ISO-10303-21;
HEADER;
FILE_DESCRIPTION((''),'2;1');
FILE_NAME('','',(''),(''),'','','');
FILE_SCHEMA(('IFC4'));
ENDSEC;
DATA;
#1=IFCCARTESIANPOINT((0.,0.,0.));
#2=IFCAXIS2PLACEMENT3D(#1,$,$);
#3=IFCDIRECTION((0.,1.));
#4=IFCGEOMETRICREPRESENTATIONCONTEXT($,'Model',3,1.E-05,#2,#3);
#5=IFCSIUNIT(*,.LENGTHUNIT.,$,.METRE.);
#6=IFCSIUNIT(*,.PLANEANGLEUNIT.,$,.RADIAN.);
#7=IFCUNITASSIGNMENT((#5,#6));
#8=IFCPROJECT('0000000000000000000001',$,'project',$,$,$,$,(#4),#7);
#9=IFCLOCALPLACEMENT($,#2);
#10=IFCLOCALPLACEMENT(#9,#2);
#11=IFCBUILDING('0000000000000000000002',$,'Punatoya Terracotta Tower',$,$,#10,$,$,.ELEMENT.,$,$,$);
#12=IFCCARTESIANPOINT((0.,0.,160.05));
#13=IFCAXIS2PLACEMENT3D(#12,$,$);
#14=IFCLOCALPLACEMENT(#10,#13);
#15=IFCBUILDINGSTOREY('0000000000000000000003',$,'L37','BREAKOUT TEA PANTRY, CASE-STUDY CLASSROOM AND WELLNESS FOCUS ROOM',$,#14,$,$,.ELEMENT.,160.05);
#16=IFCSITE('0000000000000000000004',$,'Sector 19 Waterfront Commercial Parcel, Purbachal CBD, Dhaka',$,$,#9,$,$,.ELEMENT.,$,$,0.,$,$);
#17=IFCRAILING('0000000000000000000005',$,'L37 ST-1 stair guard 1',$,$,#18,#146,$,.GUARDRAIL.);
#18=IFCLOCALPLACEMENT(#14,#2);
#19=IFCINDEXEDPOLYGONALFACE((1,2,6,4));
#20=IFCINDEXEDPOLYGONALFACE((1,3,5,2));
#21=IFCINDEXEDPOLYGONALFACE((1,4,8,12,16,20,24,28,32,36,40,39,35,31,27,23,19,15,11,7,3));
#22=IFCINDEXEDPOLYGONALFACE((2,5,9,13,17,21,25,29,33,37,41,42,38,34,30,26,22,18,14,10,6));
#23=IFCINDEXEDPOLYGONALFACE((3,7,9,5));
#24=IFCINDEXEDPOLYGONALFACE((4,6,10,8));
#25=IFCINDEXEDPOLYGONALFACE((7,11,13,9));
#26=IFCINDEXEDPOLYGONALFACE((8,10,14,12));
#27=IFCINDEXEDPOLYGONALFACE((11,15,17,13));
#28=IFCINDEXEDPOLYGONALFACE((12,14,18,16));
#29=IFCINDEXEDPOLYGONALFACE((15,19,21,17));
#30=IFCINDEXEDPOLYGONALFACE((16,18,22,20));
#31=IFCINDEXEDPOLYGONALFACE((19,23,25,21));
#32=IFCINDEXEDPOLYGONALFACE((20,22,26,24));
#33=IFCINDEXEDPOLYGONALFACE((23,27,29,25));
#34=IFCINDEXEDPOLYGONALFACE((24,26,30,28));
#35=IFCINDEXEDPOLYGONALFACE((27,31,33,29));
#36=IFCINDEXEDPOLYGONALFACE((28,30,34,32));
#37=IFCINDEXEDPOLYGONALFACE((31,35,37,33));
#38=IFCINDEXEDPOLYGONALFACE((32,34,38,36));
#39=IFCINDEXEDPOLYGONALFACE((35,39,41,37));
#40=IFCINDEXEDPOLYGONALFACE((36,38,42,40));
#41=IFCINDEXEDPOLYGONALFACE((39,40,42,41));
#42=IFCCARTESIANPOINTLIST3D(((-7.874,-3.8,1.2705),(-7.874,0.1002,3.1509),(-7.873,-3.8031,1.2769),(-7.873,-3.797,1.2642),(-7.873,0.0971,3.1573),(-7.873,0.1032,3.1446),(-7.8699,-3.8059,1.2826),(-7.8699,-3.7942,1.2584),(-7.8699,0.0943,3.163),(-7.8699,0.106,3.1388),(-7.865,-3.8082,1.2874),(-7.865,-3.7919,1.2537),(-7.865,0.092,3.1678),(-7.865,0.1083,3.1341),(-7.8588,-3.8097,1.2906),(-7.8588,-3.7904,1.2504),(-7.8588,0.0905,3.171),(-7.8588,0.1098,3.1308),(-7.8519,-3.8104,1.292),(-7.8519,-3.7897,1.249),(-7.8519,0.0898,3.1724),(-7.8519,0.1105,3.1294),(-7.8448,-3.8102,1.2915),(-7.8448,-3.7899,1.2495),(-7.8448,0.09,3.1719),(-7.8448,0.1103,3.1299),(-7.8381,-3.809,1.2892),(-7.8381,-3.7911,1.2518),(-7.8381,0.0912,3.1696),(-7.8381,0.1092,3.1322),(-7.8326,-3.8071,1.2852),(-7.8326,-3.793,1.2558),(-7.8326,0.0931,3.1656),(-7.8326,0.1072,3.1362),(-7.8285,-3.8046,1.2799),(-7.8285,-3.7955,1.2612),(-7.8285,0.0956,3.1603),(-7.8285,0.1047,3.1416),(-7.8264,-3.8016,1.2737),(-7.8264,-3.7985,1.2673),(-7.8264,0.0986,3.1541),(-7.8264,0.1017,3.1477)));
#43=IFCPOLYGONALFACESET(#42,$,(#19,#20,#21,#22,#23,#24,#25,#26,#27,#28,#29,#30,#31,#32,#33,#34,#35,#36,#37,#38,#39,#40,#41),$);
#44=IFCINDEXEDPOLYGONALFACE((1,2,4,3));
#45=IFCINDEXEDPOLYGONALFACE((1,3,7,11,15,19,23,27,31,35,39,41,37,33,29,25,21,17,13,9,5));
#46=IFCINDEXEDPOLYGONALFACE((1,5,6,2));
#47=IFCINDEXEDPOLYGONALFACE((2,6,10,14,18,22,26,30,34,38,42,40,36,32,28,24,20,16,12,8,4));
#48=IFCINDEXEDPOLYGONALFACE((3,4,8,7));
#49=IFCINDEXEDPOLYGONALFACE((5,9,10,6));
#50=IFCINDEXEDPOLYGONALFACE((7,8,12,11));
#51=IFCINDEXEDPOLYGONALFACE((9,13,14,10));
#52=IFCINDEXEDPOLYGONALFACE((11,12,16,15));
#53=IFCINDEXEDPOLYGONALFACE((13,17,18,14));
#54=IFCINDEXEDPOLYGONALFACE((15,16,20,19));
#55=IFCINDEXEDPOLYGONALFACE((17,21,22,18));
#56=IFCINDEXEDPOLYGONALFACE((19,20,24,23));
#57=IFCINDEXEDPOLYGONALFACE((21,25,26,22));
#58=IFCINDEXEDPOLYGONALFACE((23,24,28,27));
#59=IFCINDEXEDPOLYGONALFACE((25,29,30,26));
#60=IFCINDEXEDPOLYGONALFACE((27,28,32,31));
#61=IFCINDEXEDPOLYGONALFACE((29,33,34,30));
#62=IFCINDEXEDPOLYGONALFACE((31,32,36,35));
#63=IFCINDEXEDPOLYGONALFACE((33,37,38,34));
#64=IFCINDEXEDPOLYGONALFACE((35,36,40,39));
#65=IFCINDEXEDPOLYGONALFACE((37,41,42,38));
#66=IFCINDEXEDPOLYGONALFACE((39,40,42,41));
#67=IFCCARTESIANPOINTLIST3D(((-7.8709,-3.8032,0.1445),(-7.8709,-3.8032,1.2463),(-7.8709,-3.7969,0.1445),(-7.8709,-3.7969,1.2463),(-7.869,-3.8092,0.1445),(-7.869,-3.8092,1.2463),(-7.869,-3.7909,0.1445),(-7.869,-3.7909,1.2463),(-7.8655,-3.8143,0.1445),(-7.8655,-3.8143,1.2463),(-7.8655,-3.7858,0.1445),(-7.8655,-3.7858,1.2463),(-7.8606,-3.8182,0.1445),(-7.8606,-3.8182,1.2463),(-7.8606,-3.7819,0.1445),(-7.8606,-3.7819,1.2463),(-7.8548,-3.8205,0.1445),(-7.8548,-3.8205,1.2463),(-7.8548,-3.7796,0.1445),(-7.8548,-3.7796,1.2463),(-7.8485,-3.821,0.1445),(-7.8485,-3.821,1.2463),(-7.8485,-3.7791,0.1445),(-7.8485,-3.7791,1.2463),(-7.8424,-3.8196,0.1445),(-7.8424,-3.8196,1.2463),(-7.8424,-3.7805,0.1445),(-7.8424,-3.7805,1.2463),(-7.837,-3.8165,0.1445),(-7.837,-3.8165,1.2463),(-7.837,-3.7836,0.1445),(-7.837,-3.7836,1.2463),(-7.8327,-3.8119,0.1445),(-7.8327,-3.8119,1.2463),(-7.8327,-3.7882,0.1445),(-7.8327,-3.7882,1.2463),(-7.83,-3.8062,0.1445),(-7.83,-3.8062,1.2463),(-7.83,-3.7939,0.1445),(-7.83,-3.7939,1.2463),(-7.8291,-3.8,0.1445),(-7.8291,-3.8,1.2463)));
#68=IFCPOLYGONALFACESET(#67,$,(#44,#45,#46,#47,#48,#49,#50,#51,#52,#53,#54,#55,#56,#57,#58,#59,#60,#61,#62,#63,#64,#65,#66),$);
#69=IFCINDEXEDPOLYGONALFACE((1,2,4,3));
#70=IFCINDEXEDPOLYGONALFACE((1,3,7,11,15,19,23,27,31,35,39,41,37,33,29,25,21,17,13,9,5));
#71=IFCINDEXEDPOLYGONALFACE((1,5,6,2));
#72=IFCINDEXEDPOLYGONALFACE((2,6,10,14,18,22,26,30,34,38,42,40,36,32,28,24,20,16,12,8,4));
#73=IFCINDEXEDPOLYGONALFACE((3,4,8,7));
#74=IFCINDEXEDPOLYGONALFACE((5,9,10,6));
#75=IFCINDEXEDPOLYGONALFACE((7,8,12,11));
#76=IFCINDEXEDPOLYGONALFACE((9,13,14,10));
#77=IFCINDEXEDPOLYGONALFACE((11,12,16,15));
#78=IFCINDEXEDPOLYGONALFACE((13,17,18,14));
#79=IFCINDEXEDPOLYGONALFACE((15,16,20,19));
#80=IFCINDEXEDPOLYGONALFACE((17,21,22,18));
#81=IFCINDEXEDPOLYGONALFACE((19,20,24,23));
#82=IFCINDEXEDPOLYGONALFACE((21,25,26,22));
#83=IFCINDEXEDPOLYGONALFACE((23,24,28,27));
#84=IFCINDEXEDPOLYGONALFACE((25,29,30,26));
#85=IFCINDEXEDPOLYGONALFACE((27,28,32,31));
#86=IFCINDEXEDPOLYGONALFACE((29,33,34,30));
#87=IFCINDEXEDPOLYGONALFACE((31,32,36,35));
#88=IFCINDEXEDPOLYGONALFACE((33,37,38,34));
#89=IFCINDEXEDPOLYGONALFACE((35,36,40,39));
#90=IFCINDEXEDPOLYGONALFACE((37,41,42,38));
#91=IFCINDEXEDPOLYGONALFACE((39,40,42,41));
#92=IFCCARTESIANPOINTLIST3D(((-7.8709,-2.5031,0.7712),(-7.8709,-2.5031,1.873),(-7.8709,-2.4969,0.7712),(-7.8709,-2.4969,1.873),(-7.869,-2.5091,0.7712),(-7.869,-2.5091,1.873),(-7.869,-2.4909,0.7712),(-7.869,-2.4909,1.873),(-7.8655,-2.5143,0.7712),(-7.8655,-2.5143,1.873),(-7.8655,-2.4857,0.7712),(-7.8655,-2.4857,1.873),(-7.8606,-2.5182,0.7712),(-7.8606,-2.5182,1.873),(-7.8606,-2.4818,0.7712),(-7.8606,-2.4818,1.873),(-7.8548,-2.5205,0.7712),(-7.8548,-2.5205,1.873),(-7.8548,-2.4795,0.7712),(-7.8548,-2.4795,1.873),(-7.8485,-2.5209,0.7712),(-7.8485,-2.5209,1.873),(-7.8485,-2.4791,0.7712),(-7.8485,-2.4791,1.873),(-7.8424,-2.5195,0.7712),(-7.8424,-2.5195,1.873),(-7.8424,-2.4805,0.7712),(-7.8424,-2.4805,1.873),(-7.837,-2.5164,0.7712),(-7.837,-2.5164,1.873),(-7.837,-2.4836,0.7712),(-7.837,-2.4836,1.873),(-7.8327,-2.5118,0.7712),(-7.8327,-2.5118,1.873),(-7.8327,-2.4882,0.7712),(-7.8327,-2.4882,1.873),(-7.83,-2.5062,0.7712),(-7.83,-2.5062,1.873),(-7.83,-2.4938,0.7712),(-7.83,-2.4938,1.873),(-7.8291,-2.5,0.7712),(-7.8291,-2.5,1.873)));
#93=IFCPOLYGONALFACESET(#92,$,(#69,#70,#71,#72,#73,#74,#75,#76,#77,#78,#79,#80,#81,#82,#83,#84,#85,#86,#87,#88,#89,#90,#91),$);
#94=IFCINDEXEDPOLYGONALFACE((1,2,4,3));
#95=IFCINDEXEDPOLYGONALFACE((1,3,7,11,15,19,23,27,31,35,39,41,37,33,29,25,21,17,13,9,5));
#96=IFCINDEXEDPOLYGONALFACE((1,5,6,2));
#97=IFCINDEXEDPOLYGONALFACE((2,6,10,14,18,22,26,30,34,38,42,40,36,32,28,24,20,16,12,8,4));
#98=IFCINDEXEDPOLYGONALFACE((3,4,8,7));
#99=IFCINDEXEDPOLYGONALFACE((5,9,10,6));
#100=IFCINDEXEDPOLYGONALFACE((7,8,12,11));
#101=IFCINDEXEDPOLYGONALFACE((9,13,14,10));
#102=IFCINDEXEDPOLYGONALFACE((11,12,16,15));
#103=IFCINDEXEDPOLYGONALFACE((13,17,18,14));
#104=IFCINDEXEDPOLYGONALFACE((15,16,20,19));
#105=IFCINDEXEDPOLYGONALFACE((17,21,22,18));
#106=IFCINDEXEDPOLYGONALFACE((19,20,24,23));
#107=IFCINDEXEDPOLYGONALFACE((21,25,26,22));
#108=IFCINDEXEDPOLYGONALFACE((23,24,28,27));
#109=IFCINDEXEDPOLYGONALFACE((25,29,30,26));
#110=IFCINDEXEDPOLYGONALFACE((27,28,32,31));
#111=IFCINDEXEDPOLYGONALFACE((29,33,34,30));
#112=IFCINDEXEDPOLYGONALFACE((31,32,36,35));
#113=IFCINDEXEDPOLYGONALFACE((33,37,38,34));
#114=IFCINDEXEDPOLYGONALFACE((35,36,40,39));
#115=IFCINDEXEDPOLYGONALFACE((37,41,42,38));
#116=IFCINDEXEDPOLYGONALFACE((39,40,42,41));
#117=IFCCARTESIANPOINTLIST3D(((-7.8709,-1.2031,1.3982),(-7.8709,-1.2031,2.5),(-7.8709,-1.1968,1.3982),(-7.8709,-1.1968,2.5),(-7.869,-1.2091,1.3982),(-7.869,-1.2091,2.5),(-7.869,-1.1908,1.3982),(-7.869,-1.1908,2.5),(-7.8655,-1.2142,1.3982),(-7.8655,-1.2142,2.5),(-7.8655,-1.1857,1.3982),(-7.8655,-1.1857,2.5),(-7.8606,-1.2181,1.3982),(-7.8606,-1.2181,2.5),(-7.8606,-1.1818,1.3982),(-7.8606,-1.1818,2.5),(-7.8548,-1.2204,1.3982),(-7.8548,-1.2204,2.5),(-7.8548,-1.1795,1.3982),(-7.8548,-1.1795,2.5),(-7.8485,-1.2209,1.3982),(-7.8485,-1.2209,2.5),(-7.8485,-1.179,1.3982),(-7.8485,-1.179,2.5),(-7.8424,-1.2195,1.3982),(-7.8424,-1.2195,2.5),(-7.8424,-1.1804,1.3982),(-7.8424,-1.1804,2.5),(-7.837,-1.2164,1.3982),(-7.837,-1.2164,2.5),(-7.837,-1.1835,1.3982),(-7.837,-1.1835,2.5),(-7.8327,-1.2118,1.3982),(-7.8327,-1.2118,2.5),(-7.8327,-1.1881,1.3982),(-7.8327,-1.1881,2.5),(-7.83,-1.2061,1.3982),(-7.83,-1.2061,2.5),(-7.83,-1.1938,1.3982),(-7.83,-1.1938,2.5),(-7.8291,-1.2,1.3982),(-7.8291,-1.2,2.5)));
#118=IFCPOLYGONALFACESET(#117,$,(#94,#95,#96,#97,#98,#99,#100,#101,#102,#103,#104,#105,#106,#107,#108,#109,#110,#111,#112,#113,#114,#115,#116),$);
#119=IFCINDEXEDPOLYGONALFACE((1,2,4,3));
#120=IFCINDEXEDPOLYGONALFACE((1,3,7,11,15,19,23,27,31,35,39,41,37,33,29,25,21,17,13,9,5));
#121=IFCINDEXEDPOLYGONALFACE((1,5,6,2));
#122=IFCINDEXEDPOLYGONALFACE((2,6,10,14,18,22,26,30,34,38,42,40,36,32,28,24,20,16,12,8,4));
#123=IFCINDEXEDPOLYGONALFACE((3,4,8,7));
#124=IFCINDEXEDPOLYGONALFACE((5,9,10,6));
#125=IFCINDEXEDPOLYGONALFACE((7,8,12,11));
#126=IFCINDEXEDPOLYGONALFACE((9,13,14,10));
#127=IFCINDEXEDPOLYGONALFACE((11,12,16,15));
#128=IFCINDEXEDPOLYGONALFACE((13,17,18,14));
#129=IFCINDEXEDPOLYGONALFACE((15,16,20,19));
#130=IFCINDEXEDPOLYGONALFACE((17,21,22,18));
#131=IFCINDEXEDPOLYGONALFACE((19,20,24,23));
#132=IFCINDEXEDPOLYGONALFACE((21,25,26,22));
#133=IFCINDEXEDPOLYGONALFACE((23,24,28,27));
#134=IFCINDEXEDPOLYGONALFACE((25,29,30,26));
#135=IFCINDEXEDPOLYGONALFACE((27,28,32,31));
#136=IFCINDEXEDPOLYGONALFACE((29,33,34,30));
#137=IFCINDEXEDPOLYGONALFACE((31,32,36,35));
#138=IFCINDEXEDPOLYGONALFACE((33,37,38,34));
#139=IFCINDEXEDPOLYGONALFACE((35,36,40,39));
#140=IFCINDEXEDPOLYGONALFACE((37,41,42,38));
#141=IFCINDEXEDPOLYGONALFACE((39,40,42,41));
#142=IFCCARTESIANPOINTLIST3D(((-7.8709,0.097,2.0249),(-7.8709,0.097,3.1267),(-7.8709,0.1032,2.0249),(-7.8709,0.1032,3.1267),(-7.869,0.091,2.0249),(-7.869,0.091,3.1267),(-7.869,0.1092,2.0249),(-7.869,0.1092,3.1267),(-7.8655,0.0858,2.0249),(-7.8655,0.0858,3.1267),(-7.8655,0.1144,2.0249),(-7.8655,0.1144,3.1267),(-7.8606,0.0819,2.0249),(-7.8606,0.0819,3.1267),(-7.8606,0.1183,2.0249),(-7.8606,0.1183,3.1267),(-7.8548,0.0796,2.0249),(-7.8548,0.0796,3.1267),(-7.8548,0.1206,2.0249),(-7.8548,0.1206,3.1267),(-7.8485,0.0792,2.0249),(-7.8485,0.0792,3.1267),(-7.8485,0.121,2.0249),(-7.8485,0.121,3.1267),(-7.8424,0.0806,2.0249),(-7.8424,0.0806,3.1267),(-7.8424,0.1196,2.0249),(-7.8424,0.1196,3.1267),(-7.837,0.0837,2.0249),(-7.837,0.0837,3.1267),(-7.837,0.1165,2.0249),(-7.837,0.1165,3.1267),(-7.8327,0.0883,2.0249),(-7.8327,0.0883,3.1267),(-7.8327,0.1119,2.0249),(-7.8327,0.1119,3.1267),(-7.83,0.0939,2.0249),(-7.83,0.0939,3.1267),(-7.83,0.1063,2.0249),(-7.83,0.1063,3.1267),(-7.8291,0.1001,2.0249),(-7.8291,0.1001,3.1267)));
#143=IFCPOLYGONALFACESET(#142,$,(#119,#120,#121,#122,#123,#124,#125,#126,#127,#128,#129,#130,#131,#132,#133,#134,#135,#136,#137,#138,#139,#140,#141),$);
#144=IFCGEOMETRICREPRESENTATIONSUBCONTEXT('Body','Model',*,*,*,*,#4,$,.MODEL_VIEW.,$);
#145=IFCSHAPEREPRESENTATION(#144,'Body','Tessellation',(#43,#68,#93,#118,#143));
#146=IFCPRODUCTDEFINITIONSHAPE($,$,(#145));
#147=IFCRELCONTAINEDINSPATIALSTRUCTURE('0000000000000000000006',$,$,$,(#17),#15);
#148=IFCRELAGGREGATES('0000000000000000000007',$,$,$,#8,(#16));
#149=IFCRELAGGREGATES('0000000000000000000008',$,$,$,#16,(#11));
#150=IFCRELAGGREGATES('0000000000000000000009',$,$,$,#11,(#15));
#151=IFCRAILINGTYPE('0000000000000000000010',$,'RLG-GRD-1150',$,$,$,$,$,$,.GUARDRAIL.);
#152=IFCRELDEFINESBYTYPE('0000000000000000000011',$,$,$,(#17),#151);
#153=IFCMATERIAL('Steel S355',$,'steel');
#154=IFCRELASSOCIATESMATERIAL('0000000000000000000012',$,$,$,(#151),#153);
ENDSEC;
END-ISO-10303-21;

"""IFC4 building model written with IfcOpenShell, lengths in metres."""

from ifc_helpers import new_model, si_unit, direction, frame, origin, origin_2d, place, context, subcontext, project, spatial, circle, extrude, material, type_object, element, save


model = new_model("IFC4")

# Units and contexts
model_context = context("Model", 3, precision=1e-05, world=origin(), true_north=direction((0.0, 1.0)))
body_context = subcontext(model_context, "Body", "Model", "MODEL_VIEW")
ifc_project = project(units=[si_unit("LENGTHUNIT", "METRE"), si_unit("PLANEANGLEUNIT", "RADIAN")], contexts=[model_context])

# Site, building, storey
site_placement = place(None, origin())
site = spatial("IfcSite", under=ifc_project, at=site_placement, Name="Sector 19 Waterfront Commercial Parcel, Purbachal CBD, Dhaka", CompositionType="ELEMENT", RefElevation=0.0)
building_placement = place(site_placement, origin())
building = spatial("IfcBuilding", under=site, at=building_placement, Name="Punatoya Terracotta Tower", CompositionType="ELEMENT")
storey_placement = place(building_placement, frame((0.0, 0.0, 160.05)))
storey = spatial("IfcBuildingStorey", under=building, at=storey_placement, Name="L37", Description="BREAKOUT TEA PANTRY, CASE-STUDY CLASSROOM AND WELLNESS FOCUS ROOM", CompositionType="ELEMENT", Elevation=160.05)

# Shared definitions
ifc_material_1 = material(Name="Steel S355", Category="steel")

# Railing
railing_type_1 = type_object("IfcRailingType", Name="RLG-GRD-1150", PredefinedType="GUARDRAIL", material=ifc_material_1)
railing_1_placement = place(storey_placement, frame((-7.8501, -3.8, 0.1445)))
element("IfcRailing", 1, at=railing_1_placement, inside=storey, type_object=railing_type_1, Name="L37 ST-1 stair guard 1", PredefinedType="GUARDRAIL", context=body_context, shape_type="SweptSolid", body=[
    extrude(circle(Radius=0.0239, at=origin_2d()), frame((0.0, 0.0, 1.126), z_axis=(0.0, 0.900774, 0.434289), x_axis=(-1.0, 0.0, 0.0)), (0.0, 0.0, 1.0), 4.3298),
    extrude(circle(Radius=0.021, at=origin_2d()), origin(), (0.0, 0.0, 1.0), 1.1018),
    extrude(circle(Radius=0.021, at=origin_2d()), frame((0.0, 1.3, 0.6267)), (0.0, 0.0, 1.0), 1.1018),
    extrude(circle(Radius=0.021, at=origin_2d()), frame((0.0, 2.6001, 1.2537)), (0.0, 0.0, 1.0), 1.1018),
    extrude(circle(Radius=0.021, at=origin_2d()), frame((0.0, 3.9001, 1.8804)), (0.0, 0.0, 1.0), 1.1018),
])

save(model, "model.ifc")
